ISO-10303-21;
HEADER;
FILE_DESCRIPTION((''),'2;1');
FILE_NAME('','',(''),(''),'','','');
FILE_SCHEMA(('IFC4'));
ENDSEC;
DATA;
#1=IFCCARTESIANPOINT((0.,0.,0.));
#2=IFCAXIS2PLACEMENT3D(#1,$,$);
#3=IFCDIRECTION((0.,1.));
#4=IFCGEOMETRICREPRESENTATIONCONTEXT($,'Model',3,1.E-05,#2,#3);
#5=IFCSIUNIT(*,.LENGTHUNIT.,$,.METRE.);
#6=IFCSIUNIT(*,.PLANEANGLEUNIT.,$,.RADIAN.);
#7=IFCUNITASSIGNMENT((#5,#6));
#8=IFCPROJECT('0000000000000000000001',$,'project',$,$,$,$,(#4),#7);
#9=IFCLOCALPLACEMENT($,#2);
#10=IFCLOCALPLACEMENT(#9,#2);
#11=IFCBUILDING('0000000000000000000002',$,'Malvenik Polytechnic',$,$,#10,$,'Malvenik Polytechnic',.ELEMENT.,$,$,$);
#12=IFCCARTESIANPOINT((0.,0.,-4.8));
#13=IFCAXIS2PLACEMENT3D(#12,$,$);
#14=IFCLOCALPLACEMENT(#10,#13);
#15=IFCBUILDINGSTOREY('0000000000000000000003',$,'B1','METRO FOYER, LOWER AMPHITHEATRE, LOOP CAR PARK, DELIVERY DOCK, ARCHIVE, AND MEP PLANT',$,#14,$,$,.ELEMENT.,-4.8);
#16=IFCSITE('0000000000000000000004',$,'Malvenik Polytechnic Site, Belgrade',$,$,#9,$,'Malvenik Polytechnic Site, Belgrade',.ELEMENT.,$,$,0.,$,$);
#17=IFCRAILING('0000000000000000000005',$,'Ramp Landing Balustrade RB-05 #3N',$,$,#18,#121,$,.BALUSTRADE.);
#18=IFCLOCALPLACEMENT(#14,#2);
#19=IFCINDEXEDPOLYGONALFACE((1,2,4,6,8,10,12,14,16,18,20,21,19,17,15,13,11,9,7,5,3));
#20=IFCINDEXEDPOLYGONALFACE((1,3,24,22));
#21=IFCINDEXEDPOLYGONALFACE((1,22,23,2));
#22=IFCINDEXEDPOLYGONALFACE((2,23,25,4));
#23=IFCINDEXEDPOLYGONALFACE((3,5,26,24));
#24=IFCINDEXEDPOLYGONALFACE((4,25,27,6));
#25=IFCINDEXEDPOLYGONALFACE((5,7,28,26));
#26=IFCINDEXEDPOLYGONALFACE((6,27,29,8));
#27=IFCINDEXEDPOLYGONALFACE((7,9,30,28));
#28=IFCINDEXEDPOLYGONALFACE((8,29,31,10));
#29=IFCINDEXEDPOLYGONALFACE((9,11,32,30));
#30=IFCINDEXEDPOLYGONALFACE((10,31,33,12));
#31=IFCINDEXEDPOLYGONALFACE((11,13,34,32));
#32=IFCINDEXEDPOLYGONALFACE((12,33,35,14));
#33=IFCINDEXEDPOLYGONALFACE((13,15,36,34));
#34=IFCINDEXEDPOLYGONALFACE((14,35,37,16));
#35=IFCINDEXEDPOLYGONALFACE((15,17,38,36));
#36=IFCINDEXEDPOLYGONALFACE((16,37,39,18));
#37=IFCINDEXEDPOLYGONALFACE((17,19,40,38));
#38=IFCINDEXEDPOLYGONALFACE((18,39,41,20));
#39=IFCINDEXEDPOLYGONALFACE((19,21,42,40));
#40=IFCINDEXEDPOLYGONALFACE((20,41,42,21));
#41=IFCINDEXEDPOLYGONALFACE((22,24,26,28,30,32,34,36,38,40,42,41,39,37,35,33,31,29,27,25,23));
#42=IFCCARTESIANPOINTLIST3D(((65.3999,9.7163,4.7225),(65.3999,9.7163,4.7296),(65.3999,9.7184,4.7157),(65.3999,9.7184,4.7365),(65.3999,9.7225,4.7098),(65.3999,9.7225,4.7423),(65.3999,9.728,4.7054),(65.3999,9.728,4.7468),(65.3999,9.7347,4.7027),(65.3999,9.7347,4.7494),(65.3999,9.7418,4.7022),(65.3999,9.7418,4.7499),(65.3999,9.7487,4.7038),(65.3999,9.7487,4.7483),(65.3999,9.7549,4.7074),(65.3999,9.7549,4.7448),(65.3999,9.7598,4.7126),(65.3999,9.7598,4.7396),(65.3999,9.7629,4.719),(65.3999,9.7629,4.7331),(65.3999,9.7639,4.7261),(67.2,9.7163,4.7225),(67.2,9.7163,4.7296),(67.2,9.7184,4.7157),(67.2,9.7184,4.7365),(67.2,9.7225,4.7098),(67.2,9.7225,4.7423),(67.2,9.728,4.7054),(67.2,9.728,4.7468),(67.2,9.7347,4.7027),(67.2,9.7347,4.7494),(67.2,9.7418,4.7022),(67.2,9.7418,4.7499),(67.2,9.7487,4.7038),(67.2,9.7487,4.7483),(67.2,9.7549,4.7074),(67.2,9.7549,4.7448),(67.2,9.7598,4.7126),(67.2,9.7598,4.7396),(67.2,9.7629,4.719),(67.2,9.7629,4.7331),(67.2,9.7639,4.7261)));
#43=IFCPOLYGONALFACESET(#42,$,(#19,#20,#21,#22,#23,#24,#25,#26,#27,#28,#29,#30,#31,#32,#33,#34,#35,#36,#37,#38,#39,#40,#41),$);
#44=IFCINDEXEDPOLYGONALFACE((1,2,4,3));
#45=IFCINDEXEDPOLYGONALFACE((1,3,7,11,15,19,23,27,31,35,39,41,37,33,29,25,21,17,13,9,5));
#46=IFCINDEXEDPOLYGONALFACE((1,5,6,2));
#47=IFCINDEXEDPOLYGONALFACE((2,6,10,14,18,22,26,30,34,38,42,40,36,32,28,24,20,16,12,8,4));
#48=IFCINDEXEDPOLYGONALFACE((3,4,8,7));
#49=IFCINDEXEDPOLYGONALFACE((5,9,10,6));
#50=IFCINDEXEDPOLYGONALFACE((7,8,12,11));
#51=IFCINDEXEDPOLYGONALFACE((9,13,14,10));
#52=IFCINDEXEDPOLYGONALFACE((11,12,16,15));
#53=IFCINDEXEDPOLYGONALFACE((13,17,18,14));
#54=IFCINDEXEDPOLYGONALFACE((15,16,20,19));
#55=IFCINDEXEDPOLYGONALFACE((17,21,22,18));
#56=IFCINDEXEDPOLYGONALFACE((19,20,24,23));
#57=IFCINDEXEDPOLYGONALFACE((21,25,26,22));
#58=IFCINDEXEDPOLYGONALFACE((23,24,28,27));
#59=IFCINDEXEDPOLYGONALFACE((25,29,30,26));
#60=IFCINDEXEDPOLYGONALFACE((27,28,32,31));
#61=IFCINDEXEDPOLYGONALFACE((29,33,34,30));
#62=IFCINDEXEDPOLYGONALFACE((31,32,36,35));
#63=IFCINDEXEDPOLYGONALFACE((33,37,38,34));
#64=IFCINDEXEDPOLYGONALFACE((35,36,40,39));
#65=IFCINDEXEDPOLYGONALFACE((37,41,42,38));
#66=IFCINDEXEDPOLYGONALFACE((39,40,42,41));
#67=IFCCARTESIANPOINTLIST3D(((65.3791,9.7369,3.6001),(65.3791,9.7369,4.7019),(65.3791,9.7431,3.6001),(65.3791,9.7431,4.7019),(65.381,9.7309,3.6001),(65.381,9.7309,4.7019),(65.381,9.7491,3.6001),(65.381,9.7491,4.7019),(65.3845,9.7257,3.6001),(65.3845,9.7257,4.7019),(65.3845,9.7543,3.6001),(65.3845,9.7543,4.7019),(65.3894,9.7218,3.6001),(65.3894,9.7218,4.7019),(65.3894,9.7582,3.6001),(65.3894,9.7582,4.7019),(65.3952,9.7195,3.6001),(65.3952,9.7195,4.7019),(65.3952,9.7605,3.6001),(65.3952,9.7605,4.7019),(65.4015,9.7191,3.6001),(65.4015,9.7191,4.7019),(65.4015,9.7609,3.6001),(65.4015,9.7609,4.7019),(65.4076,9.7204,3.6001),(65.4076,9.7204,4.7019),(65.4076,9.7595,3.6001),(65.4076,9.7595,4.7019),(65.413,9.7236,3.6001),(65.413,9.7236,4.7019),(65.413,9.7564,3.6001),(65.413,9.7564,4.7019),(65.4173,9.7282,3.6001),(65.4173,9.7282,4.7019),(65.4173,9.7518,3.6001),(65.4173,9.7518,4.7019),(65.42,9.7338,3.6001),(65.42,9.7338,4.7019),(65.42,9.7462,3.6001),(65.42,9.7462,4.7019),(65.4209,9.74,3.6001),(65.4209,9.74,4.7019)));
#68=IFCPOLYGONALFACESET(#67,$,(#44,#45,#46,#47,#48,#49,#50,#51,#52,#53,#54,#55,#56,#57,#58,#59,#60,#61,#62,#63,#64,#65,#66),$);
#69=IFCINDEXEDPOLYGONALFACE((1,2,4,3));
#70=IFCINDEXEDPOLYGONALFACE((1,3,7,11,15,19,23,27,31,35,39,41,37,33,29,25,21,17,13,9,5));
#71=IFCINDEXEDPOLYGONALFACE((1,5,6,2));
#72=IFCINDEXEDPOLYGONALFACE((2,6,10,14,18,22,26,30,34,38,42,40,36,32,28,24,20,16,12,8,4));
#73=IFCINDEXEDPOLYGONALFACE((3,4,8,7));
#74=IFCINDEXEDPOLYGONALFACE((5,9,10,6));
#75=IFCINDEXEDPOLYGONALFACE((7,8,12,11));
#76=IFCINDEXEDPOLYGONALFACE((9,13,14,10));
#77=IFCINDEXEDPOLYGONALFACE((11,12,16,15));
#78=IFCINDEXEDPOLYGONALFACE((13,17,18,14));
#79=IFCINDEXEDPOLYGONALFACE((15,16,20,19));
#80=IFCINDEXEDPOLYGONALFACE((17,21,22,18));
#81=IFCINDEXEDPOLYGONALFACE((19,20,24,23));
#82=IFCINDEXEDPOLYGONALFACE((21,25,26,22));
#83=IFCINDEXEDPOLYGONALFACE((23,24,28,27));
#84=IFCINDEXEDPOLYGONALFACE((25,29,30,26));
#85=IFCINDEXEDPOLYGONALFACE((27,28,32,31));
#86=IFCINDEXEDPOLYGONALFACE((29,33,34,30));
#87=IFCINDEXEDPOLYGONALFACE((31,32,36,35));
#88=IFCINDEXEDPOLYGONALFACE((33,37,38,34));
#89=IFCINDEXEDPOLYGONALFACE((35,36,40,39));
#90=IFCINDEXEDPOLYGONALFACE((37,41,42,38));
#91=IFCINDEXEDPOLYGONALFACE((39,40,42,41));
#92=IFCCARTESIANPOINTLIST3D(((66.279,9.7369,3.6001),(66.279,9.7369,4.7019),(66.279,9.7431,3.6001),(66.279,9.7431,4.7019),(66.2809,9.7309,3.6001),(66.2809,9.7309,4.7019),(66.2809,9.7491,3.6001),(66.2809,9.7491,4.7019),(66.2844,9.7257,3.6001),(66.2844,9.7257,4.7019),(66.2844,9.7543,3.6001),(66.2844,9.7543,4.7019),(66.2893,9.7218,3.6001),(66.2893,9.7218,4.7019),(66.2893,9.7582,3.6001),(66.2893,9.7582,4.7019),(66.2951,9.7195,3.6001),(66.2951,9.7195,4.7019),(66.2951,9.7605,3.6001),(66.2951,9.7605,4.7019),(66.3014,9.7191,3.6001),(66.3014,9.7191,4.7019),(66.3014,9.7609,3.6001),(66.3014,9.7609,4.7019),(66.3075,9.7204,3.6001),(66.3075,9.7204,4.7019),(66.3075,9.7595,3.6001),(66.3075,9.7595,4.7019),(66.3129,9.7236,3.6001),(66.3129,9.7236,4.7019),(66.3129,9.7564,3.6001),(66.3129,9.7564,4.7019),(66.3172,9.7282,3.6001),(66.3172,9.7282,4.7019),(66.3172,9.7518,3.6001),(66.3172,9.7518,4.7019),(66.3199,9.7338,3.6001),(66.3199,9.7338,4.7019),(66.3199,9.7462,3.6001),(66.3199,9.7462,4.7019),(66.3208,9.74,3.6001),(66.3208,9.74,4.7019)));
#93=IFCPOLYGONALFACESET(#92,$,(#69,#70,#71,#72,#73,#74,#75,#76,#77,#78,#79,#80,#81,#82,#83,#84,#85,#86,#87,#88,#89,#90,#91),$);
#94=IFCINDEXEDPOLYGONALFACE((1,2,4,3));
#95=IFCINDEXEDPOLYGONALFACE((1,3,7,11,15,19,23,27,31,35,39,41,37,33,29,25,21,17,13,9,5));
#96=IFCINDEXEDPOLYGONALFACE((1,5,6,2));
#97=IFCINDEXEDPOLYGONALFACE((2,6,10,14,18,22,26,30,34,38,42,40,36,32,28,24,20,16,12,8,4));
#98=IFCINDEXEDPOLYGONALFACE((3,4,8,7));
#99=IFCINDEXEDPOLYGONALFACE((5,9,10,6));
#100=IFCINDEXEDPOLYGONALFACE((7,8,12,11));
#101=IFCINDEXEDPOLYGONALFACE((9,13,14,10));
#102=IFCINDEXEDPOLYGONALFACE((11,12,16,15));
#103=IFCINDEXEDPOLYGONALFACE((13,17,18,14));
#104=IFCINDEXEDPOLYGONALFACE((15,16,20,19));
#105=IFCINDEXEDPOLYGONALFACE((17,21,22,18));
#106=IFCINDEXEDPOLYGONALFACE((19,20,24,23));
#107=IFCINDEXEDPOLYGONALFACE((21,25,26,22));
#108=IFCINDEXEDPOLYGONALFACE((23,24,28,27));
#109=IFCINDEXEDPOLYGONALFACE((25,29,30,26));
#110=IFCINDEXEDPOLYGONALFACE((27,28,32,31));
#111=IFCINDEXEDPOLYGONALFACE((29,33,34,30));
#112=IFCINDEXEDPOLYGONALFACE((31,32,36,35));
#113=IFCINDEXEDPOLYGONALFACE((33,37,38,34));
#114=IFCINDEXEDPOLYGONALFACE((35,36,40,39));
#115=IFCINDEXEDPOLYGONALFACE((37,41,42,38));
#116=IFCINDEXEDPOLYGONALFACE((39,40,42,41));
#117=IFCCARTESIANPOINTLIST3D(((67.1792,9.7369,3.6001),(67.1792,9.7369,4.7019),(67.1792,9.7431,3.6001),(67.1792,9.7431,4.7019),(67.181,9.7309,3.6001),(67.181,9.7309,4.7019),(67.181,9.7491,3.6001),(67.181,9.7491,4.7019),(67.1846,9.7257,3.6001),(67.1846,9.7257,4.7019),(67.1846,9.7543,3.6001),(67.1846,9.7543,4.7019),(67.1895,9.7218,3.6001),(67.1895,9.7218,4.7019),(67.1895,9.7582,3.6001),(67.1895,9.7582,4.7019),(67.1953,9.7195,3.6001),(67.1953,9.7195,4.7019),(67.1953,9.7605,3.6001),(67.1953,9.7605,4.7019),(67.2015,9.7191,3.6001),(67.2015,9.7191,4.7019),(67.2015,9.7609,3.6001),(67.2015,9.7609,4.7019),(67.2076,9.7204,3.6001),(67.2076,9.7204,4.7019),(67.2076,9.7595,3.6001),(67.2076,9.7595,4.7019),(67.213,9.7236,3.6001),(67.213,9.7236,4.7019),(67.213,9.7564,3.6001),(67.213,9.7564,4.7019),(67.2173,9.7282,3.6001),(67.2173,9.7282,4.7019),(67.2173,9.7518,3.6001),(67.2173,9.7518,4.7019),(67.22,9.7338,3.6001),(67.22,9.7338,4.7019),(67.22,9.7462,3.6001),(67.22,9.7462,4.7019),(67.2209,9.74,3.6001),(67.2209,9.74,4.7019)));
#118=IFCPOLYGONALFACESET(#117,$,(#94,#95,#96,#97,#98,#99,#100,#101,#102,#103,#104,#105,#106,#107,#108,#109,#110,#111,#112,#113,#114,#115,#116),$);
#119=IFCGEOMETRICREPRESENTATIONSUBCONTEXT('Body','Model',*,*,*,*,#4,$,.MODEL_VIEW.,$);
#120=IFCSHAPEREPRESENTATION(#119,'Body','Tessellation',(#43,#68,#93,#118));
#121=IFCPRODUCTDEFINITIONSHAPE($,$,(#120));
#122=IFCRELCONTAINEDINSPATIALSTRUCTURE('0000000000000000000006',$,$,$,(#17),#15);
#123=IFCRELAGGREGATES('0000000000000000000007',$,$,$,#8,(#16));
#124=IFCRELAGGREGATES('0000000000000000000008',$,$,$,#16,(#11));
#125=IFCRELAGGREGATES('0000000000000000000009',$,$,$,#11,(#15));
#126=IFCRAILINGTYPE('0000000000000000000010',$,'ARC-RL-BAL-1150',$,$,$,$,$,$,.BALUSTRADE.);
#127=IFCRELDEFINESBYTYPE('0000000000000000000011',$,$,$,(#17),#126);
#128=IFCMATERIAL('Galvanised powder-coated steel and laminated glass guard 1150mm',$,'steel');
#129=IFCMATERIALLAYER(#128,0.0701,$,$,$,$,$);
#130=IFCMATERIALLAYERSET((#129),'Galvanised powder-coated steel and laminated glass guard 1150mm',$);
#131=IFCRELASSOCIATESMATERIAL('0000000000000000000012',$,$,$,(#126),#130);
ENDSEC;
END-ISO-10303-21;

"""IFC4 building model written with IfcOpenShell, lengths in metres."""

from ifc_helpers import new_model, si_unit, direction, frame, origin, origin_2d, place, context, subcontext, project, spatial, circle, extrude, material, layer, layer_set, type_object, element, save


model = new_model("IFC4")

# Units and contexts
model_context = context("Model", 3, precision=1e-05, world=origin(), true_north=direction((0.0, 1.0)))
body_context = subcontext(model_context, "Body", "Model", "MODEL_VIEW")
ifc_project = project(units=[si_unit("LENGTHUNIT", "METRE"), si_unit("PLANEANGLEUNIT", "RADIAN")], contexts=[model_context])

# Site, building, storey
site_placement = place(None, origin())
site = spatial("IfcSite", under=ifc_project, at=site_placement, Name="Malvenik Polytechnic Site, Belgrade", LongName="Malvenik Polytechnic Site, Belgrade", CompositionType="ELEMENT", RefElevation=0.0)
building_placement = place(site_placement, origin())
building = spatial("IfcBuilding", under=site, at=building_placement, Name="Malvenik Polytechnic", LongName="Malvenik Polytechnic", CompositionType="ELEMENT")
storey_placement = place(building_placement, frame((0.0, 0.0, -4.8)))
storey = spatial("IfcBuildingStorey", under=building, at=storey_placement, Name="B1", Description="METRO FOYER, LOWER AMPHITHEATRE, LOOP CAR PARK, DELIVERY DOCK, ARCHIVE, AND MEP PLANT", CompositionType="ELEMENT", Elevation=-4.8)

# Railing
ifc_material_1 = material(Name="Galvanised powder-coated steel and laminated glass guard 1150mm", Category="steel")
ifc_layer_1 = layer(ifc_material_1, 0.0701)
ifc_layer_set_1 = layer_set([ifc_layer_1], Name="Galvanised powder-coated steel and laminated glass guard 1150mm")
railing_type_1 = type_object("IfcRailingType", Name="ARC-RL-BAL-1150", PredefinedType="BALUSTRADE", material=ifc_layer_set_1)
for number, where, name in (
    (1, (65.3999, 9.74, 3.6001), "Ramp Landing Balustrade RB-05 #3N"),
):
    element("IfcRailing", number, at=place(storey_placement, frame(where)), inside=storey, type_object=railing_type_1, Name=name, PredefinedType="BALUSTRADE", context=body_context, shape_type="SweptSolid", body=[
        extrude(circle(Radius=0.0239, at=origin_2d()), frame((0.0, 0.0, 1.126), z_axis=(1.0, 0.0, 0.0), x_axis=(0.0, 1.0, 0.0)), (0.0, 0.0, 1.0), 1.8),
        extrude(circle(Radius=0.021, at=origin_2d()), origin(), (0.0, 0.0, 1.0), 1.1018),
        extrude(circle(Radius=0.021, at=origin_2d()), frame((0.8999, 0.0, 0.0)), (0.0, 0.0, 1.0), 1.1018),
        extrude(circle(Radius=0.021, at=origin_2d()), frame((1.8, 0.0, 0.0)), (0.0, 0.0, 1.0), 1.1018),
    ])

save(model, "model.ifc")
